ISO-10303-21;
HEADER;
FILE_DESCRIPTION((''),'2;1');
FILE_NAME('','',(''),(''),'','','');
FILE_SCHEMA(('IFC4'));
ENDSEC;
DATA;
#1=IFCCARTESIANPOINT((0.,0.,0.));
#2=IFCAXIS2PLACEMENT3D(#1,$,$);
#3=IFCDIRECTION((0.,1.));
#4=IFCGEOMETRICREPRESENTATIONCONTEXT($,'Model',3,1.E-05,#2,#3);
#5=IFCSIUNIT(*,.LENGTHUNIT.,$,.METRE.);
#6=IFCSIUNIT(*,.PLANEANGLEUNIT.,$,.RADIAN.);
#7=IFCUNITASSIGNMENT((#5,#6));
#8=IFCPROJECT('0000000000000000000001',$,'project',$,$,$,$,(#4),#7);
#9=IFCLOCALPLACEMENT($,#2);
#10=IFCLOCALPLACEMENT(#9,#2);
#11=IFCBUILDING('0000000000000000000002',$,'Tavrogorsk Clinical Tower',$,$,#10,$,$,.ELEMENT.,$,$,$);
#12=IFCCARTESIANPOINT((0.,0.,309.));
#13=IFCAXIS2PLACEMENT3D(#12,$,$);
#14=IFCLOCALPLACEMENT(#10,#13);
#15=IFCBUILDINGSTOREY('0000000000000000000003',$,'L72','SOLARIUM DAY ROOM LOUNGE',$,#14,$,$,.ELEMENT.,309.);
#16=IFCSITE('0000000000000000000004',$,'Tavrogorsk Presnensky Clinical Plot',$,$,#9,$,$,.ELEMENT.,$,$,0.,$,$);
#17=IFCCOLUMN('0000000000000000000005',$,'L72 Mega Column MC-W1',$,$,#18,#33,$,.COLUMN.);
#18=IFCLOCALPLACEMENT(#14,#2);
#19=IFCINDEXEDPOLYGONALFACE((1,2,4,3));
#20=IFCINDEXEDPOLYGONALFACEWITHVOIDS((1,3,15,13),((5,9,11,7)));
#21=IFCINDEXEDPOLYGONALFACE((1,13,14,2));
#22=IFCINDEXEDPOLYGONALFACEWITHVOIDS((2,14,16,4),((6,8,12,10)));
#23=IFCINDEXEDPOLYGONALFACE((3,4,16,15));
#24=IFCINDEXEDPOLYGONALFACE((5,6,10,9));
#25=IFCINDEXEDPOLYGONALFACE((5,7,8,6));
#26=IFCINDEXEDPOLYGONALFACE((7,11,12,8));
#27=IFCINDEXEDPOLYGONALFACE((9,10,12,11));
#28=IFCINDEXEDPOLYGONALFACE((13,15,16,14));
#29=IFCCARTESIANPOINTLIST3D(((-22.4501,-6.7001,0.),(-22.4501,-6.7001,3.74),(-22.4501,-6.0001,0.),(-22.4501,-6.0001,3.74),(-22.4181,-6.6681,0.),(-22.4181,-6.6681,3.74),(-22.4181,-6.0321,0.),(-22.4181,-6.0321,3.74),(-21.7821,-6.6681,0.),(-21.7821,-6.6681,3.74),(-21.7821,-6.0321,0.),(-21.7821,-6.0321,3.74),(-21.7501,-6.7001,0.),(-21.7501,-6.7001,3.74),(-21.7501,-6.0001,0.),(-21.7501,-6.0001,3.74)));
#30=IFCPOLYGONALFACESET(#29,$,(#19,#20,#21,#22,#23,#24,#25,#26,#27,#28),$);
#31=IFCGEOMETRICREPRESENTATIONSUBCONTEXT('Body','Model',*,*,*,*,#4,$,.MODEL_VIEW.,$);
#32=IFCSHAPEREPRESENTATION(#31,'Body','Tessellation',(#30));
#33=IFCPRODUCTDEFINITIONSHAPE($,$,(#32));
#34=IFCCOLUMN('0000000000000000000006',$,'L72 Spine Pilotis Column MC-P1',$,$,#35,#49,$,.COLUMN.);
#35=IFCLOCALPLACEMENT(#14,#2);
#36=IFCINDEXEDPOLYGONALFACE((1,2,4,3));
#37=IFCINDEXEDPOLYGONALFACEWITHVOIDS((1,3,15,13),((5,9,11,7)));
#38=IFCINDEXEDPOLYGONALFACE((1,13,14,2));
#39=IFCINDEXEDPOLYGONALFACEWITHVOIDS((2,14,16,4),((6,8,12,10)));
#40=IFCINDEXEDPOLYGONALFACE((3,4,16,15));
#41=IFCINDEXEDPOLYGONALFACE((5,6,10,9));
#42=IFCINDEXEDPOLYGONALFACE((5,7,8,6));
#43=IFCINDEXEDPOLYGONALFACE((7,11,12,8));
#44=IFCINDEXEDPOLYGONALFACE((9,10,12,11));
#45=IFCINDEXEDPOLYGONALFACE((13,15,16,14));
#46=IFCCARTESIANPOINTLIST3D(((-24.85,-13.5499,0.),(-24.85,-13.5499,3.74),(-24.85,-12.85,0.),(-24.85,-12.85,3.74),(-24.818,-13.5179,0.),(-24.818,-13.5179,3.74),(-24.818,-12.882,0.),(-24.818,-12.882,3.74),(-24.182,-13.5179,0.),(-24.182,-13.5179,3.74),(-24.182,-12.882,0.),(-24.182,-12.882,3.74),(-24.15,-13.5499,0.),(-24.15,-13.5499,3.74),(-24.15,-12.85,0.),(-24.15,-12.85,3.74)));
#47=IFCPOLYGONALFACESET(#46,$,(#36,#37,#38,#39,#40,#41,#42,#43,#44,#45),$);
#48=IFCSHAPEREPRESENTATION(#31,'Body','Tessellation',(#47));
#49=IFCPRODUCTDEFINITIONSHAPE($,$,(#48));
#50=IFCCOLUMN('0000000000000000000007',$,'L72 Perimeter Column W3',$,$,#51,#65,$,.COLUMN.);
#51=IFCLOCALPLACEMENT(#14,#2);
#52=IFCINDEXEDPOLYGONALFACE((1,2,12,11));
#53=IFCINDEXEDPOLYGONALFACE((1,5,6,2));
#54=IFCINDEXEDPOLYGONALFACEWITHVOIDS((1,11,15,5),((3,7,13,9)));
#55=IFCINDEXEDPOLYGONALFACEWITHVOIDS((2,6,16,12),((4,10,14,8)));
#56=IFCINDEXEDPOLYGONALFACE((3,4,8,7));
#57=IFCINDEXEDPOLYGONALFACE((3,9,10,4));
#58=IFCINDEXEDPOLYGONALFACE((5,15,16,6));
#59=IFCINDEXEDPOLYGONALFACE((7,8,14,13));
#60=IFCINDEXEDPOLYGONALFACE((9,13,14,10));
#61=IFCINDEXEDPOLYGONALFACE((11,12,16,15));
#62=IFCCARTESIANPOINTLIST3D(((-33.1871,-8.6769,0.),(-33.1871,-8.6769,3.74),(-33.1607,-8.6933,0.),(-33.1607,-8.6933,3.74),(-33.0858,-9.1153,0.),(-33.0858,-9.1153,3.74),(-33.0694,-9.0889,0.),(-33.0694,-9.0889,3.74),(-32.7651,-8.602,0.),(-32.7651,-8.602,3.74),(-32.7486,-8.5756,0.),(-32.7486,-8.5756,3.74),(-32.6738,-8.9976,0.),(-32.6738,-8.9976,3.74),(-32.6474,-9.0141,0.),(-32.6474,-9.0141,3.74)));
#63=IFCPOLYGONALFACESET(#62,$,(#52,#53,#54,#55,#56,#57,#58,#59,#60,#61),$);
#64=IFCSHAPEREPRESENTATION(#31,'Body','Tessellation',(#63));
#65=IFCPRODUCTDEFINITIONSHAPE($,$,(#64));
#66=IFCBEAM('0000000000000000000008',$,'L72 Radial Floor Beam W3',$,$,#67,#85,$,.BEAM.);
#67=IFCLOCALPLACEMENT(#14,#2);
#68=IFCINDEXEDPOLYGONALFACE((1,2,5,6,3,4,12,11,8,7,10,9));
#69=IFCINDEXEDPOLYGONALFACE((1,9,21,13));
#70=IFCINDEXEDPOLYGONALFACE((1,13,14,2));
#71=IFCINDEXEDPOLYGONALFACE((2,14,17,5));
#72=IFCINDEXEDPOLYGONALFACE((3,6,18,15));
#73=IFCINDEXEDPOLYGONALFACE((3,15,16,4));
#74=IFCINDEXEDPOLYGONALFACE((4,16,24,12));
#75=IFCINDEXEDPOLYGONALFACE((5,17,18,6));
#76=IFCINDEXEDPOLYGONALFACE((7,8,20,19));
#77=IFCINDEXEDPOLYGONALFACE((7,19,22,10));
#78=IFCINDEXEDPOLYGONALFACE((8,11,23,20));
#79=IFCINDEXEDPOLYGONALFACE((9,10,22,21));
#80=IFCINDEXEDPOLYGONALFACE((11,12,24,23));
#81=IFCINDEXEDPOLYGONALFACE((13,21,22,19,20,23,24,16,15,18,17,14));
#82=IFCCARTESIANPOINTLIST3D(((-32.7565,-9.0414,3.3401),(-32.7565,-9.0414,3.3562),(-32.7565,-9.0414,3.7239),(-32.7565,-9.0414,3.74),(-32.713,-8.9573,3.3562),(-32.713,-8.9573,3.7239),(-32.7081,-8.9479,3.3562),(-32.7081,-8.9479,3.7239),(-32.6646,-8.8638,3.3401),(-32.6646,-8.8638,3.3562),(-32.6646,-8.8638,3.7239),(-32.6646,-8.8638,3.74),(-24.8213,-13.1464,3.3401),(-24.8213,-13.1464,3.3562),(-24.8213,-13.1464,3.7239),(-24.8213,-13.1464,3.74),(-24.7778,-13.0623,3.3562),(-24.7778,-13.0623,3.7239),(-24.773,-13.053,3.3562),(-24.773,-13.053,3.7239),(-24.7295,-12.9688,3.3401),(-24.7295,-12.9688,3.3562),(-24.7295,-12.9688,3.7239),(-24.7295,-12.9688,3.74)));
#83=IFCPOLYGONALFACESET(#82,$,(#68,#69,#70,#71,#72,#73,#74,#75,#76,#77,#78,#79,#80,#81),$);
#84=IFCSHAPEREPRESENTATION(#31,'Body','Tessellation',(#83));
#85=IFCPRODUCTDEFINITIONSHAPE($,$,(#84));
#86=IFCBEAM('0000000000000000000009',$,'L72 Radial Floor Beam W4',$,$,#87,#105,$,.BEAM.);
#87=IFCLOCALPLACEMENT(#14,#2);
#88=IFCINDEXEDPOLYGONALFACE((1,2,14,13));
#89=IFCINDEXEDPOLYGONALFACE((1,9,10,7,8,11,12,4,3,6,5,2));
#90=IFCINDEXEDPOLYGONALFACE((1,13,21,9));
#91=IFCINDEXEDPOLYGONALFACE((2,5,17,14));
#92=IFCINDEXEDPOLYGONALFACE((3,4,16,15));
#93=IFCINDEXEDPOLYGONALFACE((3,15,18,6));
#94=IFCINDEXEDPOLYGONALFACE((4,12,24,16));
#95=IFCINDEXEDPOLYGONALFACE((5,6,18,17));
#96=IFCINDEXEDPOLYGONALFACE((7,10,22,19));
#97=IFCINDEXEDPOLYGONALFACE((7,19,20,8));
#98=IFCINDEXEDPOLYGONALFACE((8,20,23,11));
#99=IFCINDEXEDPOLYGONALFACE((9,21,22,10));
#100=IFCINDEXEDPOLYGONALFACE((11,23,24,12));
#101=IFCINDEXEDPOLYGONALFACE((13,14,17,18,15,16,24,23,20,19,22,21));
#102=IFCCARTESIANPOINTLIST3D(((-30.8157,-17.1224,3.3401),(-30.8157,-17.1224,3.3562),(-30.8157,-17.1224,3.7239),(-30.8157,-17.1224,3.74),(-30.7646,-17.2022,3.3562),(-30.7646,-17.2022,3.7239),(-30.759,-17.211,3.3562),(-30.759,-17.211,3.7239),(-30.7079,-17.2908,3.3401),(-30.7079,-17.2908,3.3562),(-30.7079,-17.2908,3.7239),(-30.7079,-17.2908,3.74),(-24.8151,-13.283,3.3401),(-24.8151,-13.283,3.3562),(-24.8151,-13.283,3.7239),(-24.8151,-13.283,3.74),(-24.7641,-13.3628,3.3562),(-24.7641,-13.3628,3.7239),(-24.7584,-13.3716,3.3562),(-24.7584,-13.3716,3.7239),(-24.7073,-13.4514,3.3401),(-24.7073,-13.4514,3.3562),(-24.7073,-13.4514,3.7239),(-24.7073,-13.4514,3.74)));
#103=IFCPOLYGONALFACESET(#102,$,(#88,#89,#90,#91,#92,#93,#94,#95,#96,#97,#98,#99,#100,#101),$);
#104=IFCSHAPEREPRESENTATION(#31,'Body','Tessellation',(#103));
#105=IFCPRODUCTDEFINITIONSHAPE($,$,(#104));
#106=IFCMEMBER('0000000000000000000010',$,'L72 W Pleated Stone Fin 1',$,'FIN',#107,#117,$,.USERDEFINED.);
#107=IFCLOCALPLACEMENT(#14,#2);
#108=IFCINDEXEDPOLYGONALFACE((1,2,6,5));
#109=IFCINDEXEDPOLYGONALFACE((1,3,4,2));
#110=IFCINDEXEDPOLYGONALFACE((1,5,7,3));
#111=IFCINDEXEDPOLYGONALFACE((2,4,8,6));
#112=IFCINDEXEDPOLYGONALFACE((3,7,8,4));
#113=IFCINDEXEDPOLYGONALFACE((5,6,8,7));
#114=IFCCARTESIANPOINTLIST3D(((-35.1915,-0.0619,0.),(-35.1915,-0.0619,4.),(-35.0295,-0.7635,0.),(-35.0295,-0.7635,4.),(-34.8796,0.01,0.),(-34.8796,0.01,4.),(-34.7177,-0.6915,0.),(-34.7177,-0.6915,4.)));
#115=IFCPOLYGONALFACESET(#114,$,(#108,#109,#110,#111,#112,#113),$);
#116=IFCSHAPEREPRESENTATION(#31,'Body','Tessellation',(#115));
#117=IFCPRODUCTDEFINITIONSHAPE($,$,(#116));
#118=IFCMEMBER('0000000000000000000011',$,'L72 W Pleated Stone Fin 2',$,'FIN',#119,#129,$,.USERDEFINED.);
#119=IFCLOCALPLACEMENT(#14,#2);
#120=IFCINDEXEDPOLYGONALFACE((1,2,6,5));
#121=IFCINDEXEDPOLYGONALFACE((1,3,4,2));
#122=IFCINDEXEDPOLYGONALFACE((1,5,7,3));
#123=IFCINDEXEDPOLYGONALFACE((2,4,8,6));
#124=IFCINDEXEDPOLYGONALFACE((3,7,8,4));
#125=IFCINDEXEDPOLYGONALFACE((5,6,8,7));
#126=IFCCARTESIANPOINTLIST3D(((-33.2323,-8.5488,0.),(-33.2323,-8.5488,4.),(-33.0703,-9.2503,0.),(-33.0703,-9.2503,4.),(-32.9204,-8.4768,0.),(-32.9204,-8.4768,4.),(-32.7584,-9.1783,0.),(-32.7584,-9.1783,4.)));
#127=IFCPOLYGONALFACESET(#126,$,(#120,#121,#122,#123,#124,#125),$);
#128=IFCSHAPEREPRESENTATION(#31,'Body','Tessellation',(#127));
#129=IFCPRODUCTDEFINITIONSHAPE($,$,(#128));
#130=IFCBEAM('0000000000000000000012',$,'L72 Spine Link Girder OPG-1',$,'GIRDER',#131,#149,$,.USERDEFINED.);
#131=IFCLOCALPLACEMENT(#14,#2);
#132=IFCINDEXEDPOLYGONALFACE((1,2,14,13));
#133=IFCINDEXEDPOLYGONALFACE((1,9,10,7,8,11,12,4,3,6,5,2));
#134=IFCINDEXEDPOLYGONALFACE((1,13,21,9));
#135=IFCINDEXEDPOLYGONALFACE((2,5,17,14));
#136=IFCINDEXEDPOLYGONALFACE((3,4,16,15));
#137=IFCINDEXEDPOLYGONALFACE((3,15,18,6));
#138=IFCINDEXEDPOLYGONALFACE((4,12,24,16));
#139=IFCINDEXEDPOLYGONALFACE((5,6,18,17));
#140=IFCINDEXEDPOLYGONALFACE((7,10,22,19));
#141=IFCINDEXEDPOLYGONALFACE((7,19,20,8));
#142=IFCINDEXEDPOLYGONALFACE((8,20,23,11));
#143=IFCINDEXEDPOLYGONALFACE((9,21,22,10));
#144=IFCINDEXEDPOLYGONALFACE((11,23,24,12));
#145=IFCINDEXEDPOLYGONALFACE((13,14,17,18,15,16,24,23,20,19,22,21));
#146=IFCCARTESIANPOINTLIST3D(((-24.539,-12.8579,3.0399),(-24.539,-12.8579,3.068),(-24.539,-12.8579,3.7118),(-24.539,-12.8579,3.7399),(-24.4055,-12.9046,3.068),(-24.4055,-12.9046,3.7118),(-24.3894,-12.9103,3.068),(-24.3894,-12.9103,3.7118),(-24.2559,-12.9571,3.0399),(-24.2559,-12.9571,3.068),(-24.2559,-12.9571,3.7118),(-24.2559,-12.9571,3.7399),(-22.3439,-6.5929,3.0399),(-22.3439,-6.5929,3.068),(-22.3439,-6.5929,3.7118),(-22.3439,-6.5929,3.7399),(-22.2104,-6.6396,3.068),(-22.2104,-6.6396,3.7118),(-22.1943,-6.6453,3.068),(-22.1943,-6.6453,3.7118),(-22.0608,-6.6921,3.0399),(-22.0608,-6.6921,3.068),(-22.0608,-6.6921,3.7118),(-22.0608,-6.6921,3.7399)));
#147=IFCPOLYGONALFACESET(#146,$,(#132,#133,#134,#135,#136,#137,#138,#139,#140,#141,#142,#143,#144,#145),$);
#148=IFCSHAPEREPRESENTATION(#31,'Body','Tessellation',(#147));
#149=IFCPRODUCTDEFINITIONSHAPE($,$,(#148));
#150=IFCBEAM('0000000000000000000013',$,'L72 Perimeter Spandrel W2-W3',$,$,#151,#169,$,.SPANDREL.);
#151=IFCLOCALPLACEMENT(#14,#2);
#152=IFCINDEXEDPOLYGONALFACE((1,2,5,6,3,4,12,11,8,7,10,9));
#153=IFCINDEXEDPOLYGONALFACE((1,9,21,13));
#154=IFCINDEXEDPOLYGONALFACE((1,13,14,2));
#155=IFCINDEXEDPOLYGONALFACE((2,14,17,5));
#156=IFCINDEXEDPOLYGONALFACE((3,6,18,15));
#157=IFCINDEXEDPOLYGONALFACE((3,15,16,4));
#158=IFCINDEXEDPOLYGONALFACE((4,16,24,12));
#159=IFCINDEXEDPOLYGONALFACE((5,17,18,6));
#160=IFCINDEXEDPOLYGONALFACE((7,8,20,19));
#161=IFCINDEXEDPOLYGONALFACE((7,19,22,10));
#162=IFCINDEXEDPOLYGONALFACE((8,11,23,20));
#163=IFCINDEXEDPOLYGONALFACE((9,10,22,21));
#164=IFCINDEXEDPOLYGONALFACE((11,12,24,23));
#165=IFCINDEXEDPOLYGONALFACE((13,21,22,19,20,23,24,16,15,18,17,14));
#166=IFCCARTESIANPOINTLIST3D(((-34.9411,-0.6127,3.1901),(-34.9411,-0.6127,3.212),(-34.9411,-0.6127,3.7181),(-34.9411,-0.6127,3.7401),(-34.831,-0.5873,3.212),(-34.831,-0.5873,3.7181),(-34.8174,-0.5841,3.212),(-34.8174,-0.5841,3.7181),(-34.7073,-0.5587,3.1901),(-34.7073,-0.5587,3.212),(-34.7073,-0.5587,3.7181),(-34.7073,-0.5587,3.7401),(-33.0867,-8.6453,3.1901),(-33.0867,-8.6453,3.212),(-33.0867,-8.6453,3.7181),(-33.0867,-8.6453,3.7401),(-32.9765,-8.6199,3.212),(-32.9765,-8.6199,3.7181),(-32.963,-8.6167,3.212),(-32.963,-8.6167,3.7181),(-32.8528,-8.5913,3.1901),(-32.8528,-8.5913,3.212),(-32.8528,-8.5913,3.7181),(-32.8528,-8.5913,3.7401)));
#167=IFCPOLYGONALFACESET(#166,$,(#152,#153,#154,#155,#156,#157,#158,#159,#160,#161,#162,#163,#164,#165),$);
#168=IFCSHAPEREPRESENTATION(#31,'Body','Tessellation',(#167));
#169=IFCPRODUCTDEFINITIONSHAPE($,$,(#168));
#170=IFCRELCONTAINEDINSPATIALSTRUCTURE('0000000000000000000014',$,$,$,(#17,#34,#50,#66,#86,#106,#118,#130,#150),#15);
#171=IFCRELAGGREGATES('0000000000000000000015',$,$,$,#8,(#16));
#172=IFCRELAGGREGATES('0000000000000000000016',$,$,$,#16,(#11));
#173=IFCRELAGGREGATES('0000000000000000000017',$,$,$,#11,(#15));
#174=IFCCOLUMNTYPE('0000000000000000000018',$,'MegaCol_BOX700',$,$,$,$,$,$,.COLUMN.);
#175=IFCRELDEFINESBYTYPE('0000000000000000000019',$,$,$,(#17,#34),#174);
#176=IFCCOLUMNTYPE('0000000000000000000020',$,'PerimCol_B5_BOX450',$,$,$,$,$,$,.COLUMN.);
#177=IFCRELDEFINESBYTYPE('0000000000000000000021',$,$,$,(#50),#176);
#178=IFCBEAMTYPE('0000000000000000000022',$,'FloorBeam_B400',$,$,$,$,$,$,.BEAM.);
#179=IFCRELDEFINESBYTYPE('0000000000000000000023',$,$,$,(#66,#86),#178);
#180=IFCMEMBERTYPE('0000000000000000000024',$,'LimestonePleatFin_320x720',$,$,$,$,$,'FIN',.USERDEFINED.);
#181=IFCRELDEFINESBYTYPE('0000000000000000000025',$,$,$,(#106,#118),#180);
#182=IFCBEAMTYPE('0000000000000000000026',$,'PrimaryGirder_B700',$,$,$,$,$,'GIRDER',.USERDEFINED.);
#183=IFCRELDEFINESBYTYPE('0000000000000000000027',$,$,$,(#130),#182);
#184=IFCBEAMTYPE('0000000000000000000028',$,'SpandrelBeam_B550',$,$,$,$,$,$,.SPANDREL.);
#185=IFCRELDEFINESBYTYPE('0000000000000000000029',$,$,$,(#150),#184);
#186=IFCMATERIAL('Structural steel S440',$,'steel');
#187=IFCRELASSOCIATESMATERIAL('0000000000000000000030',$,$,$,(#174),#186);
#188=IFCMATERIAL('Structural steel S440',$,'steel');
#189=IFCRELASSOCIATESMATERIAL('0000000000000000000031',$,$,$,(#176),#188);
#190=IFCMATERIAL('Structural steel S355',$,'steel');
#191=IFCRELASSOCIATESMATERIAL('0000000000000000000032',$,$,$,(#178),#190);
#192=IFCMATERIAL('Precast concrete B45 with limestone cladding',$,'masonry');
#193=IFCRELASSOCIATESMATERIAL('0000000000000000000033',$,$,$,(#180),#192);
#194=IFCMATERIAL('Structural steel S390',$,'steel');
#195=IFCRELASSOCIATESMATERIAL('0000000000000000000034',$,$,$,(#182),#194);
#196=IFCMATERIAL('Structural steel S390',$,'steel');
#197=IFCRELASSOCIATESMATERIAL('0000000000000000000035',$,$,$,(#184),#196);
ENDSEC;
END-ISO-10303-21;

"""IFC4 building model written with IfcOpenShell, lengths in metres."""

from ifc_helpers import new_model, si_unit, direction, frame, origin, origin_2d, place, context, subcontext, project, spatial, rectangle, hollow_rectangle, i_section, extrude, material, material_profile, profile_set, type_object, element, save


model = new_model("IFC4")

# Units and contexts
model_context = context("Model", 3, precision=1e-05, world=origin(), true_north=direction((0.0, 1.0)))
body_context = subcontext(model_context, "Body", "Model", "MODEL_VIEW")
ifc_project = project(units=[si_unit("LENGTHUNIT", "METRE"), si_unit("PLANEANGLEUNIT", "RADIAN")], contexts=[model_context])

# Site, building, storey
site_placement = place(None, origin())
site = spatial("IfcSite", under=ifc_project, at=site_placement, Name="Tavrogorsk Presnensky Clinical Plot", CompositionType="ELEMENT", RefElevation=0.0)
building_placement = place(site_placement, origin())
building = spatial("IfcBuilding", under=site, at=building_placement, Name="Tavrogorsk Clinical Tower", CompositionType="ELEMENT")
storey_placement = place(building_placement, frame((0.0, 0.0, 309.0)))
storey = spatial("IfcBuildingStorey", under=building, at=storey_placement, Name="L72", Description="SOLARIUM DAY ROOM LOUNGE", CompositionType="ELEMENT", Elevation=309.0)

# Columns
ifc_material_1 = material(Name="Structural steel S440", Category="steel")
ifc_material_profile_1 = material_profile(ifc_material_1, hollow_rectangle(XDim=0.7, YDim=0.7, WallThickness=0.032, at=origin_2d()), Name="BOX-700x700x32")
ifc_profile_set_1 = profile_set([ifc_material_profile_1], Name="Structural steel S440")
column_type_1 = type_object("IfcColumnType", Name="MegaCol_BOX700", PredefinedType="COLUMN", material=ifc_profile_set_1)
for number, where, z_axis, x_axis, name in (
    (1, (-22.1001, -6.3501, 0.0), (0.0, 0.0, 1.0), (1.0, 0.0, 0.0), "L72 Mega Column MC-W1"),
    (2, (-24.5, -13.2, 0.0), (0.0, 0.0, 1.0), (1.0, 0.0, 0.0), "L72 Spine Pilotis Column MC-P1"),
):
    element("IfcColumn", number, at=place(storey_placement, frame(where, z_axis=z_axis, x_axis=x_axis)), inside=storey, type_object=column_type_1, Name=name, PredefinedType="COLUMN", context=body_context, shape_type="SweptSolid", body=[
        extrude(hollow_rectangle(XDim=0.7, YDim=0.7, WallThickness=0.032, at=origin_2d()), origin(), (0.0, 0.0, 1.0), 3.74),
    ])
ifc_material_2 = material(Name="Structural steel S440", Category="steel")
ifc_material_profile_2 = material_profile(ifc_material_2, hollow_rectangle(XDim=0.45, YDim=0.45, WallThickness=0.022, at=origin_2d()), Name="BOX-450x450x22")
ifc_profile_set_2 = profile_set([ifc_material_profile_2], Name="Structural steel S440")
column_type_2 = type_object("IfcColumnType", Name="PerimCol_B5_BOX450", PredefinedType="COLUMN", material=ifc_profile_set_2)
column_placement = place(storey_placement, frame((-32.9172, -8.8455, 0.0), z_axis=(0.0, 0.0, 1.0), x_axis=(0.97437, 0.224951, 0.0)))
element("IfcColumn", 3, at=column_placement, inside=storey, type_object=column_type_2, Name="L72 Perimeter Column W3", PredefinedType="COLUMN", context=body_context, shape_type="SweptSolid", body=[
    extrude(hollow_rectangle(XDim=0.45, YDim=0.45, WallThickness=0.022, at=origin_2d()), origin(), (0.0, 0.0, 1.0), 3.74),
])

# Beams
ifc_material_3 = material(Name="Structural steel S355", Category="steel")
ifc_material_profile_3 = material_profile(ifc_material_3, i_section(OverallWidth=0.2, OverallDepth=0.3999, WebThickness=0.0105, FlangeThickness=0.0161, at=origin_2d()), Name="B-400x200x10.5x16")
ifc_profile_set_3 = profile_set([ifc_material_profile_3], Name="Structural steel S355")
beam_type_1 = type_object("IfcBeamType", Name="FloorBeam_B400", PredefinedType="BEAM", material=ifc_profile_set_3)
beam_1_placement = place(storey_placement, frame((-24.7754, -13.0576, 3.54), z_axis=(-0.888188, 0.459479, 0.0), x_axis=(-0.459479, -0.888188, 0.0)))
element("IfcBeam", 4, at=beam_1_placement, inside=storey, type_object=beam_type_1, Name="L72 Radial Floor Beam W3", PredefinedType="BEAM", context=body_context, shape_type="SweptSolid", body=[
    extrude(i_section(OverallWidth=0.2, OverallDepth=0.3999, WebThickness=0.0105, FlangeThickness=0.0161, at=origin_2d()), origin(), (0.0, 0.0, 1.0), 8.9341),
])
beam_2_placement = place(storey_placement, frame((-24.7612, -13.3672, 3.54), z_axis=(-0.842332, -0.538958, 0.0), x_axis=(0.538958, -0.842332, 0.0)))
element("IfcBeam", 5, at=beam_2_placement, inside=storey, type_object=beam_type_1, Name="L72 Radial Floor Beam W4", PredefinedType="BEAM", context=body_context, shape_type="SweptSolid", body=[
    extrude(i_section(OverallWidth=0.2, OverallDepth=0.3999, WebThickness=0.0105, FlangeThickness=0.0161, at=origin_2d()), origin(), (0.0, 0.0, 1.0), 7.1238),
])

# Members
ifc_material_4 = material(Name="Precast concrete B45 with limestone cladding", Category="masonry")
ifc_material_profile_4 = material_profile(ifc_material_4, rectangle(XDim=0.3201, YDim=0.72, at=origin_2d()), Name="LIMESTONE-FIN-320x720")
ifc_profile_set_4 = profile_set([ifc_material_profile_4], Name="Precast concrete B45 with limestone cladding")
member_type = type_object("IfcMemberType", Name="LimestonePleatFin_320x720", ElementType="FIN", PredefinedType="USERDEFINED", material=ifc_profile_set_4)
for number, where, z_axis, x_axis, name in (
    (6, (-34.9546, -0.3767, 0.0), (0.0, 0.0, 1.0), (0.97437, 0.224951, 0.0), "L72 W Pleated Stone Fin 1"),
    (7, (-32.9954, -8.8635, 0.0), (0.0, 0.0, 1.0), (0.97437, 0.224951, 0.0), "L72 W Pleated Stone Fin 2"),
):
    element("IfcMember", number, at=place(storey_placement, frame(where, z_axis=z_axis, x_axis=x_axis)), inside=storey, type_object=member_type, Name=name, ObjectType="FIN", PredefinedType="USERDEFINED", context=body_context, shape_type="SweptSolid", body=[
        extrude(rectangle(XDim=0.3201, YDim=0.72, at=origin_2d()), origin(), (0.0, 0.0, 1.0), 4.0),
    ])

# Beams
ifc_material_5 = material(Name="Structural steel S390", Category="steel")
ifc_material_profile_5 = material_profile(ifc_material_5, i_section(OverallWidth=0.3, OverallDepth=0.7, WebThickness=0.0171, FlangeThickness=0.0281, at=origin_2d()), Name="B-700x300x17x28")
ifc_profile_set_5 = profile_set([ifc_material_profile_5], Name="Structural steel S390")
beam_type_2 = type_object("IfcBeamType", Name="PrimaryGirder_B700", ElementType="GIRDER", PredefinedType="USERDEFINED", material=ifc_profile_set_5)
beam_3_placement = place(storey_placement, frame((-24.3975, -12.9075, 3.3899), z_axis=(0.330667, 0.943748, 0.0), x_axis=(-0.943748, 0.330667, 0.0)))
element("IfcBeam", 8, at=beam_3_placement, inside=storey, type_object=beam_type_2, Name="L72 Spine Link Girder OPG-1", ObjectType="GIRDER", PredefinedType="USERDEFINED", context=body_context, shape_type="SweptSolid", body=[
    extrude(i_section(OverallWidth=0.3, OverallDepth=0.7, WebThickness=0.0171, FlangeThickness=0.0281, at=origin_2d()), origin(), (0.0, 0.0, 1.0), 6.6384),
])
ifc_material_6 = material(Name="Structural steel S390", Category="steel")
ifc_material_profile_6 = material_profile(ifc_material_6, i_section(OverallWidth=0.24, OverallDepth=0.55, WebThickness=0.0139, FlangeThickness=0.022, at=origin_2d()), Name="B-550x240x14x22")
ifc_profile_set_6 = profile_set([ifc_material_profile_6], Name="Structural steel S390")
beam_type_3 = type_object("IfcBeamType", Name="SpandrelBeam_B550", PredefinedType="SPANDREL", material=ifc_profile_set_6)
beam_4_placement = place(storey_placement, frame((-34.8242, -0.5857, 3.4651), z_axis=(0.22495, -0.97437, 0.0), x_axis=(0.97437, 0.22495, 0.0)))
element("IfcBeam", 9, at=beam_4_placement, inside=storey, type_object=beam_type_3, Name="L72 Perimeter Spandrel W2-W3", PredefinedType="SPANDREL", context=body_context, shape_type="SweptSolid", body=[
    extrude(i_section(OverallWidth=0.24, OverallDepth=0.55, WebThickness=0.0139, FlangeThickness=0.022, at=origin_2d()), origin(), (0.0, 0.0, 1.0), 8.2439),
])

save(model, "model.ifc")
